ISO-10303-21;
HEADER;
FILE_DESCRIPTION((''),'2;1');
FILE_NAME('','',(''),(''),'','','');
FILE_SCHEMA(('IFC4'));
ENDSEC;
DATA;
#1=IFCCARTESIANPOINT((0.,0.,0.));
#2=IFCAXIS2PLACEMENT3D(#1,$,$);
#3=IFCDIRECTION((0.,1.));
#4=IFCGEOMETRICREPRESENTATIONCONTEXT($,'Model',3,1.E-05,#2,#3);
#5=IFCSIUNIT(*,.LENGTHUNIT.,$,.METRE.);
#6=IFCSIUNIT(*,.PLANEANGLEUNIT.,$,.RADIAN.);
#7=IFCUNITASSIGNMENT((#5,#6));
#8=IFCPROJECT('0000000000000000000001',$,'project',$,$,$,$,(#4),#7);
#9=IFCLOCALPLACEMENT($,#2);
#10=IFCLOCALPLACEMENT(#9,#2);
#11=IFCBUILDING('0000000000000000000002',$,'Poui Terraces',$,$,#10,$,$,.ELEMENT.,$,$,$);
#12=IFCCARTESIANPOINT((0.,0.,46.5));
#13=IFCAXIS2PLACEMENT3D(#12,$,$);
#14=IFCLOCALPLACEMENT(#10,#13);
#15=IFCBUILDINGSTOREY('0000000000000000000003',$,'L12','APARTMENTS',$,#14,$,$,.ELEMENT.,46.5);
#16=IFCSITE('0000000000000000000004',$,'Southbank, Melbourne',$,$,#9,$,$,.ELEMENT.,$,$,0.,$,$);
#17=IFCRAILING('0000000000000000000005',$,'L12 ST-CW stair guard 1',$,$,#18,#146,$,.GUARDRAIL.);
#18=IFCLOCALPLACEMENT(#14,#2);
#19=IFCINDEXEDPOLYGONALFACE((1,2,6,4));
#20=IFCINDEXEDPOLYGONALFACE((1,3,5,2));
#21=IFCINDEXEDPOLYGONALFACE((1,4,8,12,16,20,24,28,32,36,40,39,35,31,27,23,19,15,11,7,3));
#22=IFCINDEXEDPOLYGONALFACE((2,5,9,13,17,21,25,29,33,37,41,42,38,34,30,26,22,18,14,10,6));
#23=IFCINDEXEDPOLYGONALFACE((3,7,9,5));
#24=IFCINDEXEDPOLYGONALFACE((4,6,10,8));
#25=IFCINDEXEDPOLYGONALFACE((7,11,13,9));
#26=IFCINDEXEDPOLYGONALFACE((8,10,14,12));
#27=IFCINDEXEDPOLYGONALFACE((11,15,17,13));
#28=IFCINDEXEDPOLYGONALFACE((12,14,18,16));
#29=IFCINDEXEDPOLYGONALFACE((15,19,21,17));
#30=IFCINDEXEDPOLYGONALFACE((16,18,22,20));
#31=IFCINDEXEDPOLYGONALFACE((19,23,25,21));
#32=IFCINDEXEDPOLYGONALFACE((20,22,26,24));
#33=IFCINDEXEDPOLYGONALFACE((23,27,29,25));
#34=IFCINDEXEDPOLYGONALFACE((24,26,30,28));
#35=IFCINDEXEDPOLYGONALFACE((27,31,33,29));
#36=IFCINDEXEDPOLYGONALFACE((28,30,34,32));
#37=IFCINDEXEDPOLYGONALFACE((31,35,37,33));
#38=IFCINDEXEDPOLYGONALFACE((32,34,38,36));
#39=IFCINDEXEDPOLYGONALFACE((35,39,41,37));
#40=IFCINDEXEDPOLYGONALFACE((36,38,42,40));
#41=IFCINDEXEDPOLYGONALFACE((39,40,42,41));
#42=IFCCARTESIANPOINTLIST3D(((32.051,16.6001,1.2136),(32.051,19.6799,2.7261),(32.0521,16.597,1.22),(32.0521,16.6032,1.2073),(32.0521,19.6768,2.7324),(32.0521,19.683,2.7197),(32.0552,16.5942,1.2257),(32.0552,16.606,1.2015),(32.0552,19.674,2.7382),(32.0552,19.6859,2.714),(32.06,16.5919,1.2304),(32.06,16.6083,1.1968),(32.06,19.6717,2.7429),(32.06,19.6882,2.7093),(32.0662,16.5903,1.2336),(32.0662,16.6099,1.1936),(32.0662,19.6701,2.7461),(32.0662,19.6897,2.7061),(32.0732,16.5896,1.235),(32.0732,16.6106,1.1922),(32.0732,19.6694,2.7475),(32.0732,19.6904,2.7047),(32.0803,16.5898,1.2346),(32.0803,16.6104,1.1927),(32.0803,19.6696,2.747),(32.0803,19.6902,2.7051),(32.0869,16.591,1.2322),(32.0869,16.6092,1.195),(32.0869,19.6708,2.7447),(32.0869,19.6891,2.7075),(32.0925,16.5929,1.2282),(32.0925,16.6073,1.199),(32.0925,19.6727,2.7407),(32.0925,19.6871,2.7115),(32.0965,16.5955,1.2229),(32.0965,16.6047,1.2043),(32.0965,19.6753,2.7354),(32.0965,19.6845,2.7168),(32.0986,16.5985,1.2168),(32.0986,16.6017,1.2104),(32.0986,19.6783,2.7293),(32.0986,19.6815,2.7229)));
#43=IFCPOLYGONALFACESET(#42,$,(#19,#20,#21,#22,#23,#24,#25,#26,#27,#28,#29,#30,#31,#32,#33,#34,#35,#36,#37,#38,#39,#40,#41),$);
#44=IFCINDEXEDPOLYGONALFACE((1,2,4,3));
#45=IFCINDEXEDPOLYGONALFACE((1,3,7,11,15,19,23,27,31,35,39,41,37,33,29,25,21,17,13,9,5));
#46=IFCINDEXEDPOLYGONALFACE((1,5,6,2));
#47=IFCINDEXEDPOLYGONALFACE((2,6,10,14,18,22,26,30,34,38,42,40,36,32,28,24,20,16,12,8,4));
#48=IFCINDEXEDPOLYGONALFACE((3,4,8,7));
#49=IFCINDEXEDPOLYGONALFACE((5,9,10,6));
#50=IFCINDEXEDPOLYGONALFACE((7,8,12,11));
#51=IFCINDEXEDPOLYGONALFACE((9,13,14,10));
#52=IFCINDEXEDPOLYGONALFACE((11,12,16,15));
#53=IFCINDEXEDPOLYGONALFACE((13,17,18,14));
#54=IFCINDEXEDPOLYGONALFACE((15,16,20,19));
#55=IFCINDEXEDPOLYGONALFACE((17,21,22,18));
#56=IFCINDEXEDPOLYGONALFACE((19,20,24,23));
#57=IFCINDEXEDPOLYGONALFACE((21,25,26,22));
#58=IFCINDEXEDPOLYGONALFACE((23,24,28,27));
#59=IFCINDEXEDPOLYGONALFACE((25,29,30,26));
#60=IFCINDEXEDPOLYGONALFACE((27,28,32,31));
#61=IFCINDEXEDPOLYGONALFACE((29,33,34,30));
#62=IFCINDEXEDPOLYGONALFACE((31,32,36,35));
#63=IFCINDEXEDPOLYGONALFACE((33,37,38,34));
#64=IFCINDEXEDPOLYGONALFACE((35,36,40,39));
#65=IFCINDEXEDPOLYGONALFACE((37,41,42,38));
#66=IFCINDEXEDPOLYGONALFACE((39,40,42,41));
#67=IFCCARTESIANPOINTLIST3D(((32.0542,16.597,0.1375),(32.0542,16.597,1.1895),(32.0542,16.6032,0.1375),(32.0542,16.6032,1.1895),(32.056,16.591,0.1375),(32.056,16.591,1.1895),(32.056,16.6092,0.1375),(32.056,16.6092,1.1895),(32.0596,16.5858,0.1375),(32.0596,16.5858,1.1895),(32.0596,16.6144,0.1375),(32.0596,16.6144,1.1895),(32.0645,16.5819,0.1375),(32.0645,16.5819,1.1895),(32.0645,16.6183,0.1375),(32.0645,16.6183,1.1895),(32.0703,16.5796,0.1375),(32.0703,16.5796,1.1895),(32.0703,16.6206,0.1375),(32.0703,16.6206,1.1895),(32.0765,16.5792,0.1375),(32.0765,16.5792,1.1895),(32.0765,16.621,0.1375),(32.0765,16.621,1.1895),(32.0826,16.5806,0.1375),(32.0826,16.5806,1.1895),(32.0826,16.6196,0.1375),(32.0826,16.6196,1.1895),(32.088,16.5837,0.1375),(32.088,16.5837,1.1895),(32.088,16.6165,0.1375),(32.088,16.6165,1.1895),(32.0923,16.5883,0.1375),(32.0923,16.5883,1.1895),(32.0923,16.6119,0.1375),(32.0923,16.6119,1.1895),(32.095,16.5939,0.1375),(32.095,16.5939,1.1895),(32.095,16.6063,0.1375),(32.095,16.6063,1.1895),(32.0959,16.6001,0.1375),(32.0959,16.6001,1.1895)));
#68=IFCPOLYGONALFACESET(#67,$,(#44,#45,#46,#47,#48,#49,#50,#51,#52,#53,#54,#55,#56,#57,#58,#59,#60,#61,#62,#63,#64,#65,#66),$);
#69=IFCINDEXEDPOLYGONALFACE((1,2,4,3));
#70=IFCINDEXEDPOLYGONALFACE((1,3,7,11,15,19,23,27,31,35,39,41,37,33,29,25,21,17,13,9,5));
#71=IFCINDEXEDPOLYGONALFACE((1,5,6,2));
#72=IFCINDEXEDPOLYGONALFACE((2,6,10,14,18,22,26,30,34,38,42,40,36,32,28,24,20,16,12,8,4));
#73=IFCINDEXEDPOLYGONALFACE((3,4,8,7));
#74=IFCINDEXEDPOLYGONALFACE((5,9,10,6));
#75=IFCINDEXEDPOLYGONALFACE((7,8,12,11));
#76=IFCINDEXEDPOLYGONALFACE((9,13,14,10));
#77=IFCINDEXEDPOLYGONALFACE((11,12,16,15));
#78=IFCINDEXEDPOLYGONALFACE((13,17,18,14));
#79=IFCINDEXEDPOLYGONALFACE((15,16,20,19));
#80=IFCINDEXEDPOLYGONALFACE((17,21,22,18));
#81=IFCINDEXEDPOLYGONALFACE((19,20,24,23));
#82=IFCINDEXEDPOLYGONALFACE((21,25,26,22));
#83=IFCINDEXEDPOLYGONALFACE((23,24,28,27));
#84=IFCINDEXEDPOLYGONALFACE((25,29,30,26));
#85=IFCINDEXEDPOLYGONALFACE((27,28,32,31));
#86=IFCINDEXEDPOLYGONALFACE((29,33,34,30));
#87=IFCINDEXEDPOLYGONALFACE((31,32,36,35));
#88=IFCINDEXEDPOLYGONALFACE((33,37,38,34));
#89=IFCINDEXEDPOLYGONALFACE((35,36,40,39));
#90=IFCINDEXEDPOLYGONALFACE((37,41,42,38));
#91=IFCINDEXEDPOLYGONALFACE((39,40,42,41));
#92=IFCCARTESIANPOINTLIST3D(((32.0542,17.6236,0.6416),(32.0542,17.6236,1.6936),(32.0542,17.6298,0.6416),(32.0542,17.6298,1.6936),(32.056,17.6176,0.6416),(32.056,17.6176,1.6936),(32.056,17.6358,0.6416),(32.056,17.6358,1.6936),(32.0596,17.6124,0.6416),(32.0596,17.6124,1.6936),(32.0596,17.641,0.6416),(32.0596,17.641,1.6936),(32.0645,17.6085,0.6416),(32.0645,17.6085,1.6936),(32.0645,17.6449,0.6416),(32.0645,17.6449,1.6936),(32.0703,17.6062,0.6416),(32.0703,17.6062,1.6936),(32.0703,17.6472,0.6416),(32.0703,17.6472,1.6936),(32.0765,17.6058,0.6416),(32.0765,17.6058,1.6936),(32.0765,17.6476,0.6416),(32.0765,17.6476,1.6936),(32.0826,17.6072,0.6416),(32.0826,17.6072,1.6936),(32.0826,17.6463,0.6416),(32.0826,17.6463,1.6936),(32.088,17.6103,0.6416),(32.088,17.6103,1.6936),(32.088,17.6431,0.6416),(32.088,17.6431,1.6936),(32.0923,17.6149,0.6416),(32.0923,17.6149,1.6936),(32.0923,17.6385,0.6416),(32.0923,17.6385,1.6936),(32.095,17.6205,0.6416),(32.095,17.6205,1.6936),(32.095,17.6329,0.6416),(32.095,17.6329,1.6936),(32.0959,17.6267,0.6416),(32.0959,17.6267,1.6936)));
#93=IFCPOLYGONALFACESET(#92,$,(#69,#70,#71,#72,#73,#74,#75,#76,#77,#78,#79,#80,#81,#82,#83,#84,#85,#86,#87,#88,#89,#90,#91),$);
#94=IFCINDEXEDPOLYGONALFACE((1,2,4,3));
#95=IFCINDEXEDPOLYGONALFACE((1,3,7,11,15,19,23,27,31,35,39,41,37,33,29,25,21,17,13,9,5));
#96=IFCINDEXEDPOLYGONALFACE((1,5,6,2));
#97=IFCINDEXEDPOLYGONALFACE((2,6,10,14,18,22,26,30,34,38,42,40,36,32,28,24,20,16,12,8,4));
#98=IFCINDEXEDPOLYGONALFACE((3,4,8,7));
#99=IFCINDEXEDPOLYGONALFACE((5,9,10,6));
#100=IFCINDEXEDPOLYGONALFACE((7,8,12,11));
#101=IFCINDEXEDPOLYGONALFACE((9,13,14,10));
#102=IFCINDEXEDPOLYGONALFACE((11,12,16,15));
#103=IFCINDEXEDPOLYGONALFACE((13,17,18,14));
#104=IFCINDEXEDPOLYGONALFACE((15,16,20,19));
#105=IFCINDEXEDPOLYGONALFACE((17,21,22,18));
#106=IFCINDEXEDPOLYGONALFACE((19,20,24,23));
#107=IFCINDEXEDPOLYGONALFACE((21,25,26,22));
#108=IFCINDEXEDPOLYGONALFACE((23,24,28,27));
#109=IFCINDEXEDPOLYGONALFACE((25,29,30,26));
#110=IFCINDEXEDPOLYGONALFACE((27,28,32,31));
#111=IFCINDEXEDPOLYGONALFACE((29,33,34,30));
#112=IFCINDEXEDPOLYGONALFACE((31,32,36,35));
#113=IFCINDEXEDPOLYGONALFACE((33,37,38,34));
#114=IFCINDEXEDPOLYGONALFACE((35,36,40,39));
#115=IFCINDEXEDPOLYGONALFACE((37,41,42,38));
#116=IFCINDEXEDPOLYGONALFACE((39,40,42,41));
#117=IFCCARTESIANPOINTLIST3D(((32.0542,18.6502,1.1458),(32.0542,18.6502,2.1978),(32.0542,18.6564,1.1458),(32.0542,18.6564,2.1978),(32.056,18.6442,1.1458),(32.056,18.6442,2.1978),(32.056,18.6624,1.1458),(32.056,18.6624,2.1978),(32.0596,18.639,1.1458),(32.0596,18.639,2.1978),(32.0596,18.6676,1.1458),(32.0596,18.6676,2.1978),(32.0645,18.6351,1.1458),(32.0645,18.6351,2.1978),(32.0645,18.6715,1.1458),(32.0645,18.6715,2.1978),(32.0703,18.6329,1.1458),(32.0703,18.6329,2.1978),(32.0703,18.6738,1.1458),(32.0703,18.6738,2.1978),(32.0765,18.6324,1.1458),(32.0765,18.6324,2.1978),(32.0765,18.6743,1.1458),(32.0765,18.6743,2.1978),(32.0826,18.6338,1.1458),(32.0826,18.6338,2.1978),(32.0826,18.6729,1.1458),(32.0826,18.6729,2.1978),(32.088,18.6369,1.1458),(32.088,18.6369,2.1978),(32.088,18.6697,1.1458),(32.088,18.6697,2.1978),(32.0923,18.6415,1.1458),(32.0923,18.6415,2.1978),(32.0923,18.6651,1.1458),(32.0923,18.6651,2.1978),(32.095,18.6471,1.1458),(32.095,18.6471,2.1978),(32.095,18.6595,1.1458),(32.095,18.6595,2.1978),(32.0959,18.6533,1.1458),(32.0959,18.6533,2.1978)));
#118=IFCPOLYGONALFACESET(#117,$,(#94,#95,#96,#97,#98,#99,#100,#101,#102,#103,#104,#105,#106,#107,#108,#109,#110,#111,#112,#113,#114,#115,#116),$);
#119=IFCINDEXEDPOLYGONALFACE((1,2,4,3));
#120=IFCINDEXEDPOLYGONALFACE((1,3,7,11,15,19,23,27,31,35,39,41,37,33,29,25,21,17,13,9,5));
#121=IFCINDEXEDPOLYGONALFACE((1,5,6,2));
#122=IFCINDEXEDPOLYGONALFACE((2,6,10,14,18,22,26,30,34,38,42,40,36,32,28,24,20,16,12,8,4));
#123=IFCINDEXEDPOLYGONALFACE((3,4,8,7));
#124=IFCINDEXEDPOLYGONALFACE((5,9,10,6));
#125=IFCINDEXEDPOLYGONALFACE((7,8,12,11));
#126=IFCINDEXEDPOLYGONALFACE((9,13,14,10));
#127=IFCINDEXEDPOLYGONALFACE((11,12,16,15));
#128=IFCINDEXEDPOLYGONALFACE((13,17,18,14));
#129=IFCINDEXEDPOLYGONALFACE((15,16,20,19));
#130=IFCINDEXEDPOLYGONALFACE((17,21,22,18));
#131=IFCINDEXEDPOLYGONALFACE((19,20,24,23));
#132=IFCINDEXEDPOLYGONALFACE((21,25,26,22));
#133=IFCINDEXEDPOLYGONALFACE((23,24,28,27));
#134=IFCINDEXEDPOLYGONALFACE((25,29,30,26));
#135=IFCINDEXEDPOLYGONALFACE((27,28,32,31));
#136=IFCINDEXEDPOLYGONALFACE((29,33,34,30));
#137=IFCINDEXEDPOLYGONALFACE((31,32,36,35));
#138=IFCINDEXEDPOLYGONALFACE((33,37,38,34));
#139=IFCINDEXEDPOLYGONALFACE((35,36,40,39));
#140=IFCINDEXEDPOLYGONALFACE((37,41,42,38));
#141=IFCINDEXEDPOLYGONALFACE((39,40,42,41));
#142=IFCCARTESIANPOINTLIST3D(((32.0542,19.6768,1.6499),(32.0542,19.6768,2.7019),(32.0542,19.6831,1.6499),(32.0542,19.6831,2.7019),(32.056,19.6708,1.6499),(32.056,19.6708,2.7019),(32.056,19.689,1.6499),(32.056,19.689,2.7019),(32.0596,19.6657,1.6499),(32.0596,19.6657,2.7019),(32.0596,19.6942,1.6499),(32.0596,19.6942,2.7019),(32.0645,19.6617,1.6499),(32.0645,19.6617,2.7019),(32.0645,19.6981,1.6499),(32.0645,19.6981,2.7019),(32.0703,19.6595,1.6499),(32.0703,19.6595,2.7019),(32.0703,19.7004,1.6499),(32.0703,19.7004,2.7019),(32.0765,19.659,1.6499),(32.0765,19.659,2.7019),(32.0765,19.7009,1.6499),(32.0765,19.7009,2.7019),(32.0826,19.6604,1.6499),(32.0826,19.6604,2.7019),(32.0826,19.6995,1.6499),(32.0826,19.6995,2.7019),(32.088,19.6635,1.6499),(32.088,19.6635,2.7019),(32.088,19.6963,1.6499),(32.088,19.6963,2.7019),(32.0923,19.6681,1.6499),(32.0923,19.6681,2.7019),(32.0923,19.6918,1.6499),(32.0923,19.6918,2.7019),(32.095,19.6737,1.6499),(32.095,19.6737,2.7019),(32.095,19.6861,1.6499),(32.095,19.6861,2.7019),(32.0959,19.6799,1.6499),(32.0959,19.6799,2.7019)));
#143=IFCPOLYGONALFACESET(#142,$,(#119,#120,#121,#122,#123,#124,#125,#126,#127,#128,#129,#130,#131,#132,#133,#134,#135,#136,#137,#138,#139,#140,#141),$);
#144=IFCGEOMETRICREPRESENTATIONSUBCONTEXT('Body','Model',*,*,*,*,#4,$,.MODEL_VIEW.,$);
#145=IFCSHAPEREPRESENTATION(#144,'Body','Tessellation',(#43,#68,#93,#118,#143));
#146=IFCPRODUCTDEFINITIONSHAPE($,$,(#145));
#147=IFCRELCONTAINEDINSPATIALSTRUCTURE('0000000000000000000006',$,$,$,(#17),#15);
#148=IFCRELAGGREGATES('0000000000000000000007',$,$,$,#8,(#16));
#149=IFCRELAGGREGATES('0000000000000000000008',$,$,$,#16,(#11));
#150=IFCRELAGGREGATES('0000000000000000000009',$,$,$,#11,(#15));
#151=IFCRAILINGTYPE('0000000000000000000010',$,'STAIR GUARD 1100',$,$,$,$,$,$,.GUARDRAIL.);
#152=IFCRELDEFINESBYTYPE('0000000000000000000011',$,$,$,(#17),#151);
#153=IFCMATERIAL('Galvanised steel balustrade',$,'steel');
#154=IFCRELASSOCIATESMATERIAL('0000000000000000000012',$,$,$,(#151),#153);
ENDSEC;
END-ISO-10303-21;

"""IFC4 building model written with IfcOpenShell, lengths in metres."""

from ifc_helpers import new_model, si_unit, direction, frame, origin, origin_2d, place, context, subcontext, project, spatial, circle, extrude, material, type_object, element, save


model = new_model("IFC4")

# Units and contexts
model_context = context("Model", 3, precision=1e-05, world=origin(), true_north=direction((0.0, 1.0)))
body_context = subcontext(model_context, "Body", "Model", "MODEL_VIEW")
ifc_project = project(units=[si_unit("LENGTHUNIT", "METRE"), si_unit("PLANEANGLEUNIT", "RADIAN")], contexts=[model_context])

# Site, building, storey
site_placement = place(None, origin())
site = spatial("IfcSite", under=ifc_project, at=site_placement, Name="Southbank, Melbourne", CompositionType="ELEMENT", RefElevation=0.0)
building_placement = place(site_placement, origin())
building = spatial("IfcBuilding", under=site, at=building_placement, Name="Poui Terraces", CompositionType="ELEMENT")
storey_placement = place(building_placement, frame((0.0, 0.0, 46.5)))
storey = spatial("IfcBuildingStorey", under=building, at=storey_placement, Name="L12", Description="APARTMENTS", CompositionType="ELEMENT", Elevation=46.5)

# Railing
ifc_material_1 = material(Name="Galvanised steel balustrade", Category="steel")
railing_type_1 = type_object("IfcRailingType", Name="STAIR GUARD 1100", PredefinedType="GUARDRAIL", material=ifc_material_1)
railing_1_placement = place(storey_placement, frame((32.075, 16.6001, 0.1375)))
element("IfcRailing", 1, at=railing_1_placement, inside=storey, type_object=railing_type_1, Name="L12 ST-CW stair guard 1", PredefinedType="GUARDRAIL", context=body_context, shape_type="SweptSolid", body=[
    extrude(circle(Radius=0.0239, at=origin_2d()), frame((0.0, 0.0, 1.0762), z_axis=(0.0, 0.897606, 0.440798), x_axis=(-1.0, 0.0, 0.0)), (0.0, 0.0, 1.0), 3.4312),
    extrude(circle(Radius=0.021, at=origin_2d()), origin(), (0.0, 0.0, 1.0), 1.052),
    extrude(circle(Radius=0.021, at=origin_2d()), frame((0.0, 1.0266, 0.5042)), (0.0, 0.0, 1.0), 1.052),
    extrude(circle(Radius=0.021, at=origin_2d()), frame((0.0, 2.0532, 1.0083)), (0.0, 0.0, 1.0), 1.052),
    extrude(circle(Radius=0.021, at=origin_2d()), frame((0.0, 3.0798, 1.5125)), (0.0, 0.0, 1.0), 1.052),
])

save(model, "model.ifc")
